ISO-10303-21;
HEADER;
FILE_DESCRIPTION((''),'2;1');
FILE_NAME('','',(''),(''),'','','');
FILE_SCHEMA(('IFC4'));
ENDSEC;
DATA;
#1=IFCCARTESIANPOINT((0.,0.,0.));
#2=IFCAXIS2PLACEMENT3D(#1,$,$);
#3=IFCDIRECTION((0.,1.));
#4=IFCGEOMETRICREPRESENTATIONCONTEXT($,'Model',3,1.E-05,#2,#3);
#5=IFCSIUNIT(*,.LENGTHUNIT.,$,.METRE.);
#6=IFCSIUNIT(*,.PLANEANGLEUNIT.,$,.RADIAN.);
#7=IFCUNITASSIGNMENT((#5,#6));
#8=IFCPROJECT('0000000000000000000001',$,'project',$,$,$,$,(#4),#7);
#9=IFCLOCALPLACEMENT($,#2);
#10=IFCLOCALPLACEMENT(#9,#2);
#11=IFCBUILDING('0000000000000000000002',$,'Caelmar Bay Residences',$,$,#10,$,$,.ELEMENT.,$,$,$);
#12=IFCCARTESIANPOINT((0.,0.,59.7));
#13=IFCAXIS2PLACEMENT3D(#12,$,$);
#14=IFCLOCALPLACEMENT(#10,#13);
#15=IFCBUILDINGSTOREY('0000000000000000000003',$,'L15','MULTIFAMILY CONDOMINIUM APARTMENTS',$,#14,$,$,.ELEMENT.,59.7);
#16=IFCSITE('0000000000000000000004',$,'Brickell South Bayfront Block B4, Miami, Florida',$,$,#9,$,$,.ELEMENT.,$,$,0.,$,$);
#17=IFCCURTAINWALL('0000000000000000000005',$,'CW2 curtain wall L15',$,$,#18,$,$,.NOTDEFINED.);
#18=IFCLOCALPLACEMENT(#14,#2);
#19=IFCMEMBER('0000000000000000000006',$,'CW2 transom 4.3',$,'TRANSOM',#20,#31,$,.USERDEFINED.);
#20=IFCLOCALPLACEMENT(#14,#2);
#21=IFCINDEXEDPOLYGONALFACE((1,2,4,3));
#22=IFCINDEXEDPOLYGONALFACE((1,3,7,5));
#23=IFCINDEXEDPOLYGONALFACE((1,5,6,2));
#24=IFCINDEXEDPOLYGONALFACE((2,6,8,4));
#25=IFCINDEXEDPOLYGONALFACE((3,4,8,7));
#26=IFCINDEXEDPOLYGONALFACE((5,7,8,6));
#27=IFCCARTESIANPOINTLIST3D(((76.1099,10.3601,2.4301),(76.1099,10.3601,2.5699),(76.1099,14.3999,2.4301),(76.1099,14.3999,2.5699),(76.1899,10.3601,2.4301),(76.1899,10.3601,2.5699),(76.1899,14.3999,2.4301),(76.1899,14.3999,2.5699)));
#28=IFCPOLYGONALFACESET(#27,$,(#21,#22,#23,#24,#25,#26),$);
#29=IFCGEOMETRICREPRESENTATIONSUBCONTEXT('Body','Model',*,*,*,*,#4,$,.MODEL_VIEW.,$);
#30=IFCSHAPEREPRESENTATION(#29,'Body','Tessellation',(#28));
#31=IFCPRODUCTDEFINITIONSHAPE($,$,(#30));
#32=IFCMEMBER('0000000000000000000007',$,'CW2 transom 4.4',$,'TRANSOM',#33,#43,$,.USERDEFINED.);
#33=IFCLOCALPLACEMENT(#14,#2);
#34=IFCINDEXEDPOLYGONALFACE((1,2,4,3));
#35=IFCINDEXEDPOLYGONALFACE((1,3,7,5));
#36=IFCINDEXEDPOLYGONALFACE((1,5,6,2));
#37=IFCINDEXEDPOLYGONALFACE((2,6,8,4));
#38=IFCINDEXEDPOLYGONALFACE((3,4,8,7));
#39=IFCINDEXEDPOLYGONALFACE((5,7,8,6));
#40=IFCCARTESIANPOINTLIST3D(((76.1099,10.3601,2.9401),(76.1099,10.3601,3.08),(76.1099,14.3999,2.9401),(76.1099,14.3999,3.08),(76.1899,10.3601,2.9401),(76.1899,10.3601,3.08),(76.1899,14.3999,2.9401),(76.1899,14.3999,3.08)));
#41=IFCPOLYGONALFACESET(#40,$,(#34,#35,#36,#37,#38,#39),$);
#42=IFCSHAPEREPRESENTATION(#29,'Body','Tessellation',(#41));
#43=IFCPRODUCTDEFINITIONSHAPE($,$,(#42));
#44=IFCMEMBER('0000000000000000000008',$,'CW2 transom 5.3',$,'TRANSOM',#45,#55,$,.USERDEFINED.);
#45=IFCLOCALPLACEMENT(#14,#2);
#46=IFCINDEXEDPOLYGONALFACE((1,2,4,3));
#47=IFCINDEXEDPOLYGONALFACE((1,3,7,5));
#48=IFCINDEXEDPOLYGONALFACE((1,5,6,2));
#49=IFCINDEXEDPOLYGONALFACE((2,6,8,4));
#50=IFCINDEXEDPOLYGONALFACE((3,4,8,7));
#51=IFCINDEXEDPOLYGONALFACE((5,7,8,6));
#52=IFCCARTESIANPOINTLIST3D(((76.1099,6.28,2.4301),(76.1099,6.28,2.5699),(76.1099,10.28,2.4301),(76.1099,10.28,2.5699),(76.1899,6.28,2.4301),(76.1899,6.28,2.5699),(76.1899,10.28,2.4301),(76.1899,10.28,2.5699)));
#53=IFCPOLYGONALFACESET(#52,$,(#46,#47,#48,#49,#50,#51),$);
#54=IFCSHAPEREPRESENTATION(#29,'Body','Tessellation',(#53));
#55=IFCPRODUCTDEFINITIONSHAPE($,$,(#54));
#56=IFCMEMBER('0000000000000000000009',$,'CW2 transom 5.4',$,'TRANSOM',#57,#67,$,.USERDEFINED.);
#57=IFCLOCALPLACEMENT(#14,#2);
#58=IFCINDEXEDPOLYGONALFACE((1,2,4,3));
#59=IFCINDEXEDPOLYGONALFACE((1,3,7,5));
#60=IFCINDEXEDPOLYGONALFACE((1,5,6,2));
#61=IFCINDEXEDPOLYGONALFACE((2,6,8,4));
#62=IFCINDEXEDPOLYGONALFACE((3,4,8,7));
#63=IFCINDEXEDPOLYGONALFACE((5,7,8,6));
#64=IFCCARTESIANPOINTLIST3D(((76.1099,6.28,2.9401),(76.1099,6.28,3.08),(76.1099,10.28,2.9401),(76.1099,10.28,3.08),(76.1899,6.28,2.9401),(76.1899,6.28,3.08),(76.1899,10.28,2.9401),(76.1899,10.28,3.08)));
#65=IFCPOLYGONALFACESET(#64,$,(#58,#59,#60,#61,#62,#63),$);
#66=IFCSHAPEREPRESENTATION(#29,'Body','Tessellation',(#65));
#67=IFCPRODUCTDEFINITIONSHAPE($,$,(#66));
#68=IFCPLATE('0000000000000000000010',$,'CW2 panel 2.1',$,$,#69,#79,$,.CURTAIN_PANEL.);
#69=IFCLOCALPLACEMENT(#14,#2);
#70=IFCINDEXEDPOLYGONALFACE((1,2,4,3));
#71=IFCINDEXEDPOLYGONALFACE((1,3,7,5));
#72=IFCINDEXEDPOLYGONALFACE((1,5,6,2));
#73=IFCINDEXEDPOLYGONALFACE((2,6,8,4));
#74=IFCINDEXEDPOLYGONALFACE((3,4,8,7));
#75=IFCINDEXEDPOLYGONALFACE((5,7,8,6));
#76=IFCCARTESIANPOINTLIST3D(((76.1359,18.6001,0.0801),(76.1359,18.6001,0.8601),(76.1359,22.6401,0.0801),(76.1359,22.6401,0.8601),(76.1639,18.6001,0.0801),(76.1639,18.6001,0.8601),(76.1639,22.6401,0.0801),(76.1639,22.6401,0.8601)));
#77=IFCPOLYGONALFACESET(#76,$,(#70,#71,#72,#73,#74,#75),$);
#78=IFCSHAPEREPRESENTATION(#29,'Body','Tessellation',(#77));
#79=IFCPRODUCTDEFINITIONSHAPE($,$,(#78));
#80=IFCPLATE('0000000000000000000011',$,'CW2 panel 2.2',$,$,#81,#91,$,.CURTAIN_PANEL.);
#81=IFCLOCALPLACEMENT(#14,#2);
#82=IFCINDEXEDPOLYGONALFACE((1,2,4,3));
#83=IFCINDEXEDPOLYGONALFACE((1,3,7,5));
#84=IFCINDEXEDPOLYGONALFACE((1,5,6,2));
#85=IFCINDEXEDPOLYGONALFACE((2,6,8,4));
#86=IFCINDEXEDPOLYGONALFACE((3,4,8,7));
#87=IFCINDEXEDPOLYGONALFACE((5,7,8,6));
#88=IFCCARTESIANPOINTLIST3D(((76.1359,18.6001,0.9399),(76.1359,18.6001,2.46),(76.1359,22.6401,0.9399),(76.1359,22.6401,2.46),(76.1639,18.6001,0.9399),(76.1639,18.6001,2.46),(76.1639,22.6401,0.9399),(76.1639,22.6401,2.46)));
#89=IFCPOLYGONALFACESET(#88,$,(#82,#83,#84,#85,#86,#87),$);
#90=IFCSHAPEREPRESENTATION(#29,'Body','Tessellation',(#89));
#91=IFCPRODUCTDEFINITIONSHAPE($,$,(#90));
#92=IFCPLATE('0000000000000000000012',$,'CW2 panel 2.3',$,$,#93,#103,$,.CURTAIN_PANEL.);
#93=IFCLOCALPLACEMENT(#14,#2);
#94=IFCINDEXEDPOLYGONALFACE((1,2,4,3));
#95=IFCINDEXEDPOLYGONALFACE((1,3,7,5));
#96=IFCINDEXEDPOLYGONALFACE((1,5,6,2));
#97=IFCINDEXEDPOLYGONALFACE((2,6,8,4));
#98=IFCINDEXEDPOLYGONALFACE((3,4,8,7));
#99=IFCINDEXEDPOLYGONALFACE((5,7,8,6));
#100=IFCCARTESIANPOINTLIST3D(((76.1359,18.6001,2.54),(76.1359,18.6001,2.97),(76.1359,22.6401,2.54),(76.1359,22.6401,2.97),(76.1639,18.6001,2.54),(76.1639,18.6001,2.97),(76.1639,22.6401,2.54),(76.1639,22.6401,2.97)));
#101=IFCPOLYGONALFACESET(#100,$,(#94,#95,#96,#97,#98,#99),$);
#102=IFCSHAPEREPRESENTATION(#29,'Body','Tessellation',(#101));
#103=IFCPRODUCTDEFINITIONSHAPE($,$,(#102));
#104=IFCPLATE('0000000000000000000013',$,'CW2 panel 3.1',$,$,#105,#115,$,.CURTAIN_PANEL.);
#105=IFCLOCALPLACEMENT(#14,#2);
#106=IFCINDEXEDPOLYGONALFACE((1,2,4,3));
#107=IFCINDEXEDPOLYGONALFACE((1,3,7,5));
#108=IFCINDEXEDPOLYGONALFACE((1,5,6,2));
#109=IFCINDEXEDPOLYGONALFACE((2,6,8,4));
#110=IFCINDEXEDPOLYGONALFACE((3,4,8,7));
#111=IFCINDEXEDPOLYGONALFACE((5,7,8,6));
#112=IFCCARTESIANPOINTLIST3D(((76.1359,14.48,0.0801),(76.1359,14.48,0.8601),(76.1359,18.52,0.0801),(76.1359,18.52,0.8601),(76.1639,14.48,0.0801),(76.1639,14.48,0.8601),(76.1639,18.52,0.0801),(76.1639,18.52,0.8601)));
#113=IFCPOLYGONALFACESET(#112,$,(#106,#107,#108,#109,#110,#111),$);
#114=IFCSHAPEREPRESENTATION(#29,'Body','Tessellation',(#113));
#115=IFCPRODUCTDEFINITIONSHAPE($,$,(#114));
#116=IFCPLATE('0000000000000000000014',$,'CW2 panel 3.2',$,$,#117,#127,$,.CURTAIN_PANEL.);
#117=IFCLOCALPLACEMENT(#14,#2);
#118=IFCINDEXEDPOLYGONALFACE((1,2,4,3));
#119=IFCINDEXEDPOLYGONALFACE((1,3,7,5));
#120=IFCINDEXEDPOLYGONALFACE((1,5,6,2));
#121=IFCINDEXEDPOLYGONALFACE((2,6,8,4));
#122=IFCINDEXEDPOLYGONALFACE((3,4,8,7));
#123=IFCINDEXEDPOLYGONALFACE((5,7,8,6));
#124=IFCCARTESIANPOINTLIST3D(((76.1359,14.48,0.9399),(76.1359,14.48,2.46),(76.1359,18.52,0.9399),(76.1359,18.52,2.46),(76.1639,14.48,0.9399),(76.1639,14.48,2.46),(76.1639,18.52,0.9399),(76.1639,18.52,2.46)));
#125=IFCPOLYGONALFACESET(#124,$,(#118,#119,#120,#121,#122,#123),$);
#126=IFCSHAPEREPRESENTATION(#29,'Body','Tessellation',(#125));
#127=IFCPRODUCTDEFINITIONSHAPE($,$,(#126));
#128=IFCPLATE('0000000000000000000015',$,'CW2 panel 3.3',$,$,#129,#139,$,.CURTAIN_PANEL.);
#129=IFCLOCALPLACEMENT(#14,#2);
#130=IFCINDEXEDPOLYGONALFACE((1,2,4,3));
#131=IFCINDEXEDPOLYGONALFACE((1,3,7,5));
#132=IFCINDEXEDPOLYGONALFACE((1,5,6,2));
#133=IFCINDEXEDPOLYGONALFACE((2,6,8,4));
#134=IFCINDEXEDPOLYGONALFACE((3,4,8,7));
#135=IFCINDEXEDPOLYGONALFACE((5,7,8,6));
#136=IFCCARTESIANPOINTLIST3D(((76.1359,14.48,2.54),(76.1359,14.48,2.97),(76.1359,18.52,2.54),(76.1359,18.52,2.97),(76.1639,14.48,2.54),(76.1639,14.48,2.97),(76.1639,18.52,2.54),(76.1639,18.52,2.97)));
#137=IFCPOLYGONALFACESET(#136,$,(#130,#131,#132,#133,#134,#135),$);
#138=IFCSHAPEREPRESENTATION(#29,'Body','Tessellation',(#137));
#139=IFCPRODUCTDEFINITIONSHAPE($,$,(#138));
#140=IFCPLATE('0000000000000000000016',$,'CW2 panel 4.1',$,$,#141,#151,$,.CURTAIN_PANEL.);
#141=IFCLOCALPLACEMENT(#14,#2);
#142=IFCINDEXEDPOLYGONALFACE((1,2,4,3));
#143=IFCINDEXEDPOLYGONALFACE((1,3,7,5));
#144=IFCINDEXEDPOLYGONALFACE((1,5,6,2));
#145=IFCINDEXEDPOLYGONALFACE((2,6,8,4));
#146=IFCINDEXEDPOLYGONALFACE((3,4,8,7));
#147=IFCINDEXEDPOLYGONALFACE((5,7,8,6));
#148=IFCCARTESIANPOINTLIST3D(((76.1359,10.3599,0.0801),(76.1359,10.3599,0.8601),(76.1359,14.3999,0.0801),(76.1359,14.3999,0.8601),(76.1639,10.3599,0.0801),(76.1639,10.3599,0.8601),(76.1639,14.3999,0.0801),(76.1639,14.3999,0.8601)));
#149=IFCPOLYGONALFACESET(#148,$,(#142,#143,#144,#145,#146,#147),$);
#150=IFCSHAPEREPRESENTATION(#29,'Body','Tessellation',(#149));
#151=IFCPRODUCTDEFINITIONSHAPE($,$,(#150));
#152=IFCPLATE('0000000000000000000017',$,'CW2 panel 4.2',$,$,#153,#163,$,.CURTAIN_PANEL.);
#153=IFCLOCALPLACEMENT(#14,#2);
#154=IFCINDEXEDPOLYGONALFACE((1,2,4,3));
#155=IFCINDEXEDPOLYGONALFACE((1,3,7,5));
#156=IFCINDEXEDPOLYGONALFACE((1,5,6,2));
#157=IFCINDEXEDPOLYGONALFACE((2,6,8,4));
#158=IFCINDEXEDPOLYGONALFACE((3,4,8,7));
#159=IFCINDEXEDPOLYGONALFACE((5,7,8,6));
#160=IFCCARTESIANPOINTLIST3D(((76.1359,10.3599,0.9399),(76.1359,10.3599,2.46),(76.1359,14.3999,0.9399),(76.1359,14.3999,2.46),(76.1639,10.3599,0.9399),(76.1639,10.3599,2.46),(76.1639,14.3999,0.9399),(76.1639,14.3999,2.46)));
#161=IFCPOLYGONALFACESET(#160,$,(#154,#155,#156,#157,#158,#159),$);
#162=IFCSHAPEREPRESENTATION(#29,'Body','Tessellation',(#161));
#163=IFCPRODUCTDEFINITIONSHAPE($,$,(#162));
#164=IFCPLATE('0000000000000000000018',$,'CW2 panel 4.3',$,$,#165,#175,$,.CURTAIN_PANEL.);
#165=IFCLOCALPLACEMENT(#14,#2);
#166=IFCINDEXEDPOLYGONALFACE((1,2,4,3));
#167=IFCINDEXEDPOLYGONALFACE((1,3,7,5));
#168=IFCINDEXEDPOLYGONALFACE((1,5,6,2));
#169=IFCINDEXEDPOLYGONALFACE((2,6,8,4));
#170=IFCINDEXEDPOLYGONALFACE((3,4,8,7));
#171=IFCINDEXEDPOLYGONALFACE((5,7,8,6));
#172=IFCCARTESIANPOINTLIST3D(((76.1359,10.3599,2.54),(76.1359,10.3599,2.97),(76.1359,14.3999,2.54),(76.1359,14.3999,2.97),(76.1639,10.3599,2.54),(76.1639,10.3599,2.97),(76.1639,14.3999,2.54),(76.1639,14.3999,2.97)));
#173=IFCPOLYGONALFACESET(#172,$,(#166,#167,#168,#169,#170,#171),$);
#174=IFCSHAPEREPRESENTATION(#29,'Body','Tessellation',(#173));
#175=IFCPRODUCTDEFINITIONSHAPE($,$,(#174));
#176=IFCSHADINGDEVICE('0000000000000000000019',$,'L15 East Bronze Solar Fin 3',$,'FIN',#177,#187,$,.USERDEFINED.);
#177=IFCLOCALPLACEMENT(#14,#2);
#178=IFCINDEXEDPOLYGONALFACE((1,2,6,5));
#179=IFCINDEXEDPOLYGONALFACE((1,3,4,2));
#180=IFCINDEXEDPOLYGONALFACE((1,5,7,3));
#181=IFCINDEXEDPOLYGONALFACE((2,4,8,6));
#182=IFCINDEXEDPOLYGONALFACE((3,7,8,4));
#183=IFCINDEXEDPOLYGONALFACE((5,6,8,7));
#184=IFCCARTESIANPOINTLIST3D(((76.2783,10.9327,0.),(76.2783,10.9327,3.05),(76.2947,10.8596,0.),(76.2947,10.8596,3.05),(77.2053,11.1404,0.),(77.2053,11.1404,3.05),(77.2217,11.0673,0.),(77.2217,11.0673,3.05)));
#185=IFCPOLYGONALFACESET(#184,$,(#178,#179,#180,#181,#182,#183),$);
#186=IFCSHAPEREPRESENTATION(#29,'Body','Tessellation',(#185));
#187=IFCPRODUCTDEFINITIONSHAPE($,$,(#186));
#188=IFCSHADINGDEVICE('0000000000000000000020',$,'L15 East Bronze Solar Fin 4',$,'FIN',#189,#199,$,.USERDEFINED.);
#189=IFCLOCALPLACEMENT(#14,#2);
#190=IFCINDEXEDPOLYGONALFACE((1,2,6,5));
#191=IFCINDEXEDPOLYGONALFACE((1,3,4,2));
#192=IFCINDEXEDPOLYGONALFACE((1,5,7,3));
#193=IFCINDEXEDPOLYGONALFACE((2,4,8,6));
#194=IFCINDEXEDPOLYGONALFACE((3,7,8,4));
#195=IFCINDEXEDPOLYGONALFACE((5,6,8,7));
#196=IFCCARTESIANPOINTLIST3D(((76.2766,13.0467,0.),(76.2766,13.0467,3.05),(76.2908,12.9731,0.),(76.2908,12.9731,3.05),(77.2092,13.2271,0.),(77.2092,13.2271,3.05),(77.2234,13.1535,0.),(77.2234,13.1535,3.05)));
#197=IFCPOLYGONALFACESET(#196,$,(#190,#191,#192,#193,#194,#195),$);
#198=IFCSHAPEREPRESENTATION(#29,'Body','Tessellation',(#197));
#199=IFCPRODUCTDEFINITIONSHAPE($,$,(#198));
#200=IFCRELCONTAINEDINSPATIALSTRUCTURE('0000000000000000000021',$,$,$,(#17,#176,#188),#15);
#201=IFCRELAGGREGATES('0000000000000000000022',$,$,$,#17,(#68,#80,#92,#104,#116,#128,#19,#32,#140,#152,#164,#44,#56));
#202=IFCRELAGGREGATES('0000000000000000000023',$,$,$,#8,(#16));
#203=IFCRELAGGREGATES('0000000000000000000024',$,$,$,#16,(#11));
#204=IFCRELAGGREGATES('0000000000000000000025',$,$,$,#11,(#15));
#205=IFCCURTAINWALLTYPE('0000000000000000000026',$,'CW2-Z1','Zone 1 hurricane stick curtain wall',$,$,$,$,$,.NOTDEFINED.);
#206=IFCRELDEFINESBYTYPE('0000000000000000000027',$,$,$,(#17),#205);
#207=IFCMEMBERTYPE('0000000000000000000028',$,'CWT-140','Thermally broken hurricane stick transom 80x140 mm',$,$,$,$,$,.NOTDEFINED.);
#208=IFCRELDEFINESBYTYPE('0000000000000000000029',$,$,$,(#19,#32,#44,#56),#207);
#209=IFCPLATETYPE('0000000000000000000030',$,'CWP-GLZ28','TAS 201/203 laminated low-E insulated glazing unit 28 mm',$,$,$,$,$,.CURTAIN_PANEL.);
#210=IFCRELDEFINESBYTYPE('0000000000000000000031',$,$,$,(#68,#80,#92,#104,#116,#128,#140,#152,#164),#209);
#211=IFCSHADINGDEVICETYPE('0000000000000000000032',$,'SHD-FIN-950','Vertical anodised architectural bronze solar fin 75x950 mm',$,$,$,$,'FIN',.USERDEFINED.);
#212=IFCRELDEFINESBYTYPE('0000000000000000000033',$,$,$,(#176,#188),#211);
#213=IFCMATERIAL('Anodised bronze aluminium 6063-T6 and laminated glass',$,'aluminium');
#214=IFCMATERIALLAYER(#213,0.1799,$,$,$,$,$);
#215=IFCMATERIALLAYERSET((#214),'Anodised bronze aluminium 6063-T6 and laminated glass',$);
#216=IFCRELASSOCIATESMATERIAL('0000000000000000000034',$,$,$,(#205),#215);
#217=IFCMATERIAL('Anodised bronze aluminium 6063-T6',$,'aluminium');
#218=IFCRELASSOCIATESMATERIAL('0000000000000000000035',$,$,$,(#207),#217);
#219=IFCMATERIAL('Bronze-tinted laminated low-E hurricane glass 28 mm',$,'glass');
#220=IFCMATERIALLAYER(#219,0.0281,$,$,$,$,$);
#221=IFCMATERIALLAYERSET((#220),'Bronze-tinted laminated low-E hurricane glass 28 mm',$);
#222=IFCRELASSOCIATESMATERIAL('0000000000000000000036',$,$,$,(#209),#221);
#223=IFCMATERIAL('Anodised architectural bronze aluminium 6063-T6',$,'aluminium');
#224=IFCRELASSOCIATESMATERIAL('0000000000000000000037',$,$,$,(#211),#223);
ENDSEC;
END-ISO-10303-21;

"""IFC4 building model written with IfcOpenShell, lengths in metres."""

from ifc_helpers import new_model, si_unit, direction, frame, origin, origin_2d, place, context, subcontext, project, spatial, rectangle, extrude, material, layer, layer_set, material_profile, profile_set, type_object, element, aggregate, save


model = new_model("IFC4")

# Units and contexts
model_context = context("Model", 3, precision=1e-05, world=origin(), true_north=direction((0.0, 1.0)))
body_context = subcontext(model_context, "Body", "Model", "MODEL_VIEW")
ifc_project = project(units=[si_unit("LENGTHUNIT", "METRE"), si_unit("PLANEANGLEUNIT", "RADIAN")], contexts=[model_context])

# Site, building, storey
site_placement = place(None, origin())
site = spatial("IfcSite", under=ifc_project, at=site_placement, Name="Brickell South Bayfront Block B4, Miami, Florida", CompositionType="ELEMENT", RefElevation=0.0)
building_placement = place(site_placement, origin())
building = spatial("IfcBuilding", under=site, at=building_placement, Name="Caelmar Bay Residences", CompositionType="ELEMENT")
storey_placement = place(building_placement, frame((0.0, 0.0, 59.7)))
storey = spatial("IfcBuildingStorey", under=building, at=storey_placement, Name="L15", Description="MULTIFAMILY CONDOMINIUM APARTMENTS", CompositionType="ELEMENT", Elevation=59.7)

# Curtain wall, members, plates
ifc_material_1 = material(Name="Anodised bronze aluminium 6063-T6 and laminated glass", Category="aluminium")
ifc_layer_1 = layer(ifc_material_1, 0.1799)
ifc_layer_set_1 = layer_set([ifc_layer_1], Name="Anodised bronze aluminium 6063-T6 and laminated glass")
curtain_wall_type = type_object("IfcCurtainWallType", Name="CW2-Z1", Description="Zone 1 hurricane stick curtain wall", PredefinedType="NOTDEFINED", material=ifc_layer_set_1)
curtain_wall_placement = place(storey_placement, origin())
curtain_wall = element("IfcCurtainWall", 1, at=curtain_wall_placement, inside=storey, type_object=curtain_wall_type, Name="CW2 curtain wall L15", PredefinedType="NOTDEFINED")
ifc_material_2 = material(Name="Anodised bronze aluminium 6063-T6", Category="aluminium")
ifc_material_profile_1 = material_profile(ifc_material_2, rectangle(XDim=0.0801, YDim=0.1399, at=origin_2d()), Name="CWT-80X140")
ifc_profile_set_1 = profile_set([ifc_material_profile_1], Name="Anodised bronze aluminium 6063-T6")
member_type_1 = type_object("IfcMemberType", Name="CWT-140", Description="Thermally broken hurricane stick transom 80x140 mm", PredefinedType="NOTDEFINED", material=ifc_profile_set_1)
member_1_placement = place(storey_placement, frame((76.1499, 14.3999, 2.5), z_axis=(0.0, -1.0, 0.0), x_axis=(1.0, 0.0, 0.0)))
member_1 = element("IfcMember", 2, at=member_1_placement, type_object=member_type_1, Name="CW2 transom 4.3", ObjectType="TRANSOM", PredefinedType="USERDEFINED", context=body_context, shape_type="SweptSolid", body=[
    extrude(rectangle(XDim=0.0801, YDim=0.1399, at=origin_2d()), origin(), (0.0, 0.0, 1.0), 4.0398),
])
member_2_placement = place(storey_placement, frame((76.1499, 14.3999, 3.01), z_axis=(0.0, -1.0, 0.0), x_axis=(1.0, 0.0, 0.0)))
member_2 = element("IfcMember", 3, at=member_2_placement, type_object=member_type_1, Name="CW2 transom 4.4", ObjectType="TRANSOM", PredefinedType="USERDEFINED", context=body_context, shape_type="SweptSolid", body=[
    extrude(rectangle(XDim=0.0801, YDim=0.1399, at=origin_2d()), origin(), (0.0, 0.0, 1.0), 4.0398),
])
member_3_placement = place(storey_placement, frame((76.1499, 10.28, 2.5), z_axis=(0.0, -1.0, 0.0), x_axis=(1.0, 0.0, 0.0)))
member_3 = element("IfcMember", 4, at=member_3_placement, type_object=member_type_1, Name="CW2 transom 5.3", ObjectType="TRANSOM", PredefinedType="USERDEFINED", context=body_context, shape_type="SweptSolid", body=[
    extrude(rectangle(XDim=0.0801, YDim=0.1399, at=origin_2d()), origin(), (0.0, 0.0, 1.0), 4.0),
])
member_4_placement = place(storey_placement, frame((76.1499, 10.28, 3.01), z_axis=(0.0, -1.0, 0.0), x_axis=(1.0, 0.0, 0.0)))
member_4 = element("IfcMember", 5, at=member_4_placement, type_object=member_type_1, Name="CW2 transom 5.4", ObjectType="TRANSOM", PredefinedType="USERDEFINED", context=body_context, shape_type="SweptSolid", body=[
    extrude(rectangle(XDim=0.0801, YDim=0.1399, at=origin_2d()), origin(), (0.0, 0.0, 1.0), 4.0),
])
ifc_material_3 = material(Name="Bronze-tinted laminated low-E hurricane glass 28 mm", Category="glass")
ifc_layer_2 = layer(ifc_material_3, 0.0281)
ifc_layer_set_2 = layer_set([ifc_layer_2], Name="Bronze-tinted laminated low-E hurricane glass 28 mm")
plate_type = type_object("IfcPlateType", Name="CWP-GLZ28", Description="TAS 201/203 laminated low-E insulated glazing unit 28 mm", PredefinedType="CURTAIN_PANEL", material=ifc_layer_set_2)
plate_1_placement = place(storey_placement, frame((76.1499, 20.6201, 0.0801), z_axis=(0.0, 0.0, 1.0), x_axis=(0.0, -1.0, 0.0)))
plate_1 = element("IfcPlate", 6, at=plate_1_placement, type_object=plate_type, Name="CW2 panel 2.1", PredefinedType="CURTAIN_PANEL", context=body_context, shape_type="SweptSolid", body=[
    extrude(rectangle(XDim=4.04, YDim=0.0281, at=origin_2d()), origin(), (0.0, 0.0, 1.0), 0.78),
])
plate_2_placement = place(storey_placement, frame((76.1499, 20.6201, 0.9399), z_axis=(0.0, 0.0, 1.0), x_axis=(0.0, -1.0, 0.0)))
plate_2 = element("IfcPlate", 7, at=plate_2_placement, type_object=plate_type, Name="CW2 panel 2.2", PredefinedType="CURTAIN_PANEL", context=body_context, shape_type="SweptSolid", body=[
    extrude(rectangle(XDim=4.04, YDim=0.0281, at=origin_2d()), origin(), (0.0, 0.0, 1.0), 1.52),
])
plate_3_placement = place(storey_placement, frame((76.1499, 20.6201, 2.54), z_axis=(0.0, 0.0, 1.0), x_axis=(0.0, -1.0, 0.0)))
plate_3 = element("IfcPlate", 8, at=plate_3_placement, type_object=plate_type, Name="CW2 panel 2.3", PredefinedType="CURTAIN_PANEL", context=body_context, shape_type="SweptSolid", body=[
    extrude(rectangle(XDim=4.04, YDim=0.0281, at=origin_2d()), origin(), (0.0, 0.0, 1.0), 0.4299),
])
plate_4_placement = place(storey_placement, frame((76.1499, 16.5, 0.0801), z_axis=(0.0, 0.0, 1.0), x_axis=(0.0, -1.0, 0.0)))
plate_4 = element("IfcPlate", 9, at=plate_4_placement, type_object=plate_type, Name="CW2 panel 3.1", PredefinedType="CURTAIN_PANEL", context=body_context, shape_type="SweptSolid", body=[
    extrude(rectangle(XDim=4.04, YDim=0.0281, at=origin_2d()), origin(), (0.0, 0.0, 1.0), 0.78),
])
plate_5_placement = place(storey_placement, frame((76.1499, 16.5, 0.9399), z_axis=(0.0, 0.0, 1.0), x_axis=(0.0, -1.0, 0.0)))
plate_5 = element("IfcPlate", 10, at=plate_5_placement, type_object=plate_type, Name="CW2 panel 3.2", PredefinedType="CURTAIN_PANEL", context=body_context, shape_type="SweptSolid", body=[
    extrude(rectangle(XDim=4.04, YDim=0.0281, at=origin_2d()), origin(), (0.0, 0.0, 1.0), 1.52),
])
plate_6_placement = place(storey_placement, frame((76.1499, 16.5, 2.54), z_axis=(0.0, 0.0, 1.0), x_axis=(0.0, -1.0, 0.0)))
plate_6 = element("IfcPlate", 11, at=plate_6_placement, type_object=plate_type, Name="CW2 panel 3.3", PredefinedType="CURTAIN_PANEL", context=body_context, shape_type="SweptSolid", body=[
    extrude(rectangle(XDim=4.04, YDim=0.0281, at=origin_2d()), origin(), (0.0, 0.0, 1.0), 0.4299),
])
plate_7_placement = place(storey_placement, frame((76.1499, 12.3799, 0.0801), z_axis=(0.0, 0.0, 1.0), x_axis=(0.0, -1.0, 0.0)))
plate_7 = element("IfcPlate", 12, at=plate_7_placement, type_object=plate_type, Name="CW2 panel 4.1", PredefinedType="CURTAIN_PANEL", context=body_context, shape_type="SweptSolid", body=[
    extrude(rectangle(XDim=4.04, YDim=0.0281, at=origin_2d()), origin(), (0.0, 0.0, 1.0), 0.78),
])
plate_8_placement = place(storey_placement, frame((76.1499, 12.3799, 0.9399), z_axis=(0.0, 0.0, 1.0), x_axis=(0.0, -1.0, 0.0)))
plate_8 = element("IfcPlate", 13, at=plate_8_placement, type_object=plate_type, Name="CW2 panel 4.2", PredefinedType="CURTAIN_PANEL", context=body_context, shape_type="SweptSolid", body=[
    extrude(rectangle(XDim=4.04, YDim=0.0281, at=origin_2d()), origin(), (0.0, 0.0, 1.0), 1.52),
])
plate_9_placement = place(storey_placement, frame((76.1499, 12.3799, 2.54), z_axis=(0.0, 0.0, 1.0), x_axis=(0.0, -1.0, 0.0)))
plate_9 = element("IfcPlate", 14, at=plate_9_placement, type_object=plate_type, Name="CW2 panel 4.3", PredefinedType="CURTAIN_PANEL", context=body_context, shape_type="SweptSolid", body=[
    extrude(rectangle(XDim=4.04, YDim=0.0281, at=origin_2d()), origin(), (0.0, 0.0, 1.0), 0.4299),
])
aggregate(curtain_wall, [plate_1, plate_2, plate_3, plate_4, plate_5, plate_6, member_1, member_2, plate_7, plate_8, plate_9, member_3, member_4])

# Shading devices
ifc_material_4 = material(Name="Anodised architectural bronze aluminium 6063-T6", Category="aluminium")
ifc_material_profile_2 = material_profile(ifc_material_4, rectangle(XDim=0.075, YDim=0.95, at=origin_2d()), Name="BRONZE-FIN-75X950")
ifc_profile_set_2 = profile_set([ifc_material_profile_2], Name="Anodised architectural bronze aluminium 6063-T6")
shading_device_type = type_object("IfcShadingDeviceType", Name="SHD-FIN-950", Description="Vertical anodised architectural bronze solar fin 75x950 mm", ElementType="FIN", PredefinedType="USERDEFINED", material=ifc_profile_set_2)
for number, where, z_axis, x_axis, name in (
    (15, (76.75, 11.0, 0.0), (0.0, 0.0, 1.0), (-0.218654, 0.975802, 0.0), "L15 East Bronze Solar Fin 3"),
    (16, (76.75, 13.1001, 0.0), (0.0, 0.0, 1.0), (-0.189952, 0.981793, 0.0), "L15 East Bronze Solar Fin 4"),
):
    element("IfcShadingDevice", number, at=place(storey_placement, frame(where, z_axis=z_axis, x_axis=x_axis)), inside=storey, type_object=shading_device_type, Name=name, ObjectType="FIN", PredefinedType="USERDEFINED", context=body_context, shape_type="SweptSolid", body=[
        extrude(rectangle(XDim=0.075, YDim=0.95, at=origin_2d()), origin(), (0.0, 0.0, 1.0), 3.05),
    ])

save(model, "model.ifc")
